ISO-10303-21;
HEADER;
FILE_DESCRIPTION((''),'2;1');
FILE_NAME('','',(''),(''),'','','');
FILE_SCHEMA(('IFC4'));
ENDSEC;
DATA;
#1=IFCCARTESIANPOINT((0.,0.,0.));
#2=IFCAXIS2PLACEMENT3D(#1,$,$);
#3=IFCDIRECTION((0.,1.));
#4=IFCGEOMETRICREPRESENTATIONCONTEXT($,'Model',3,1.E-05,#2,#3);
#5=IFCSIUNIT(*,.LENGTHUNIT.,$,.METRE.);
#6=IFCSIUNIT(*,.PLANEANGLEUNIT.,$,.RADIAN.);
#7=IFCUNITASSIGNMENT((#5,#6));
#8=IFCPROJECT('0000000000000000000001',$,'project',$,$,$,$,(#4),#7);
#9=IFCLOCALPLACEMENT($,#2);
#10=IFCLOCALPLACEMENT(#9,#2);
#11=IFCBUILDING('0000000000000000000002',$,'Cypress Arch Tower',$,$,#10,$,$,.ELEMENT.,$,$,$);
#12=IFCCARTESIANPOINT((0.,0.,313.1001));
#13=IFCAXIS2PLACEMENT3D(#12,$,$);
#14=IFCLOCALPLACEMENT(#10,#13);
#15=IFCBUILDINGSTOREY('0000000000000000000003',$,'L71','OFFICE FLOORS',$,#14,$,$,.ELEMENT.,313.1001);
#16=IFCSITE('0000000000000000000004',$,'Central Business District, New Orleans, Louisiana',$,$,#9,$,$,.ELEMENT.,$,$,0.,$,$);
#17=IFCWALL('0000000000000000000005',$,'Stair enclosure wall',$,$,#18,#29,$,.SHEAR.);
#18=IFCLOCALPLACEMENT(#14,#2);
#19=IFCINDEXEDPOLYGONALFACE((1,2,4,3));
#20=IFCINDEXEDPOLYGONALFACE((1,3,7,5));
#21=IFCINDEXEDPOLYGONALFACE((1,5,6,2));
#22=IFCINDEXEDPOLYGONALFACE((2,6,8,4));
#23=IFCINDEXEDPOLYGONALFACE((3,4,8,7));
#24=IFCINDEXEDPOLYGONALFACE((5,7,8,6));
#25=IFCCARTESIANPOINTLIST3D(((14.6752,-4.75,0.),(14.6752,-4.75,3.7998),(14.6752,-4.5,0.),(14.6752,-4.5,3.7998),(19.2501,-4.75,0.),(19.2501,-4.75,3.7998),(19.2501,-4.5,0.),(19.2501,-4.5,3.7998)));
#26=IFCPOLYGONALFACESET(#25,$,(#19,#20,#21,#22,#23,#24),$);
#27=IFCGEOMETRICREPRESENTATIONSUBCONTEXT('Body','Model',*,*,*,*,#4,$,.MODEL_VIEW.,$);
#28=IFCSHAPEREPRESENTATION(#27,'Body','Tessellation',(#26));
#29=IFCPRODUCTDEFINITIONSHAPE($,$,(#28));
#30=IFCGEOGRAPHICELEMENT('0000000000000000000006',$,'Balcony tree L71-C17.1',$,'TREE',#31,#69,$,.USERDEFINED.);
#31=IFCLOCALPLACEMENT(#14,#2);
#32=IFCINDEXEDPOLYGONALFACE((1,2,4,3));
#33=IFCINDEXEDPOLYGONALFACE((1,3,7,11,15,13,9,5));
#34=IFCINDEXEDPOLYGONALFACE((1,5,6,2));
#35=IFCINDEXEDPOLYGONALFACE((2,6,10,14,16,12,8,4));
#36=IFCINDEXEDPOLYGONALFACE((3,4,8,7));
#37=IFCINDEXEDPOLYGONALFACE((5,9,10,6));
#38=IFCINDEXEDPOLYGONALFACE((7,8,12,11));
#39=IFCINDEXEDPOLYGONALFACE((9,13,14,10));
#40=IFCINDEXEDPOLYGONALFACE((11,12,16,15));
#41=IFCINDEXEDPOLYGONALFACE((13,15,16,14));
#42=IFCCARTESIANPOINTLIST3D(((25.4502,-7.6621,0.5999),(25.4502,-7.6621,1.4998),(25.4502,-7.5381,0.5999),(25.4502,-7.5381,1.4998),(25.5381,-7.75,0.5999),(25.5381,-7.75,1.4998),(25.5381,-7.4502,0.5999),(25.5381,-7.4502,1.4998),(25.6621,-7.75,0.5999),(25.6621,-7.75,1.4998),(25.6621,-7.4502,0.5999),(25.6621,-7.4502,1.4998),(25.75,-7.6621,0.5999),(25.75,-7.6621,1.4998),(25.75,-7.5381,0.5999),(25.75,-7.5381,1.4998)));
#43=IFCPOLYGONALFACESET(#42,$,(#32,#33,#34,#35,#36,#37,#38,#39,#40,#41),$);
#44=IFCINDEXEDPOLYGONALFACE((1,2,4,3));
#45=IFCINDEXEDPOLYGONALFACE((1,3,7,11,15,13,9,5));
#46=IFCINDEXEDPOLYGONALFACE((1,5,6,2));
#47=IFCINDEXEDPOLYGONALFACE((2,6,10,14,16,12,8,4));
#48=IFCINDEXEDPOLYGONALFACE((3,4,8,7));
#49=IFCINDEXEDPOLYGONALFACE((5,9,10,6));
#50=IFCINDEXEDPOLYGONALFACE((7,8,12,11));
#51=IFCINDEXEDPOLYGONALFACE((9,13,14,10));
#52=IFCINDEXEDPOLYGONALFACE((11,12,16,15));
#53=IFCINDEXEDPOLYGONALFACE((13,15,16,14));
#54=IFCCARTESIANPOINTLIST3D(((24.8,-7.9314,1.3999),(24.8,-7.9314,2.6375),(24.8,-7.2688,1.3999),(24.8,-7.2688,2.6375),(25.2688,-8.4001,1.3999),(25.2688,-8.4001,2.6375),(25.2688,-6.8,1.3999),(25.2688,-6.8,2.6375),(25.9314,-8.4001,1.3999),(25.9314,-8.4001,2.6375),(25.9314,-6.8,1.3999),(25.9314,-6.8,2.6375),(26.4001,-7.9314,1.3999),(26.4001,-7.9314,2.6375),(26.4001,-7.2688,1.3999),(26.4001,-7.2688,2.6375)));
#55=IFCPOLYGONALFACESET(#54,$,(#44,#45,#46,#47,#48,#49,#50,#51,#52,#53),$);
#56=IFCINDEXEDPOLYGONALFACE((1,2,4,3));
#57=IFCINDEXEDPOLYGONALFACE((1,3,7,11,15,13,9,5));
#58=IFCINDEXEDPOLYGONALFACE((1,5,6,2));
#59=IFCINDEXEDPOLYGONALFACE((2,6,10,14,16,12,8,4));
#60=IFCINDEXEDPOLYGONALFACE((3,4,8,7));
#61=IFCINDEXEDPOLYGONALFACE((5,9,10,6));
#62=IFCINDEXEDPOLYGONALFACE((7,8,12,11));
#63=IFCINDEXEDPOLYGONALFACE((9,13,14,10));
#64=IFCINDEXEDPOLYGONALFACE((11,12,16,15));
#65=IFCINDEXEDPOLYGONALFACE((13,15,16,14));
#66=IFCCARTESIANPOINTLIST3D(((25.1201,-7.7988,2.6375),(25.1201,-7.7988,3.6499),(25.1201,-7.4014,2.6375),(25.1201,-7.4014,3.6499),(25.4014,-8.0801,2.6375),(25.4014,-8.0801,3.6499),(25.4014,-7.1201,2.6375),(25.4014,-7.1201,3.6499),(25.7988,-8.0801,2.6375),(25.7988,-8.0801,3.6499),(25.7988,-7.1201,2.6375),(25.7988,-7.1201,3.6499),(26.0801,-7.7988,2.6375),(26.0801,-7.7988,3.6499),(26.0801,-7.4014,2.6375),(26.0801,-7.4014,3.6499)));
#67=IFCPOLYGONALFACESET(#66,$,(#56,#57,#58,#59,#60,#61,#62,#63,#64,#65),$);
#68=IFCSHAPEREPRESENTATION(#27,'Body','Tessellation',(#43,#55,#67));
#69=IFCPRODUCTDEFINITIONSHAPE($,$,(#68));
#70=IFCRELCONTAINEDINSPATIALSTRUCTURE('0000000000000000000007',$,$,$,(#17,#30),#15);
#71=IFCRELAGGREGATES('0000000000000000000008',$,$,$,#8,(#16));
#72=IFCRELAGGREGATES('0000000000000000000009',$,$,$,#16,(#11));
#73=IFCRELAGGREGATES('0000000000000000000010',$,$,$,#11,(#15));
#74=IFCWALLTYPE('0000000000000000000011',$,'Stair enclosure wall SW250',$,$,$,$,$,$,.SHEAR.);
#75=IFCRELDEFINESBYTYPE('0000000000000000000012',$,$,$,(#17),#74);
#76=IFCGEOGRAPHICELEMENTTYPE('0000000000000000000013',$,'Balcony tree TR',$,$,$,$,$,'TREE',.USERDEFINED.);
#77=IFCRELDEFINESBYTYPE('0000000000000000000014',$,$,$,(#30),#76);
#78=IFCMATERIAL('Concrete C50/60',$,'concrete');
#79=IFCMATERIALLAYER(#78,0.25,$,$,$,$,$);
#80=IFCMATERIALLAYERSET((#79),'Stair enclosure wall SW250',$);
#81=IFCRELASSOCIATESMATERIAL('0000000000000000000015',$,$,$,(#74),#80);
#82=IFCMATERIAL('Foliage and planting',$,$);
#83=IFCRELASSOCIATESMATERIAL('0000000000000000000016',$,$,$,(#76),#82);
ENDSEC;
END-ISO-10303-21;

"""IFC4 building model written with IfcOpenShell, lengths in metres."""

from ifc_helpers import new_model, si_unit, direction, frame, frame_2d, origin, place, context, subcontext, project, spatial, polyline, rectangle, outline, extrude, material, layer, layer_set, type_object, element, save


model = new_model("IFC4")

# Units and contexts
model_context = context("Model", 3, precision=1e-05, world=origin(), true_north=direction((0.0, 1.0)))
body_context = subcontext(model_context, "Body", "Model", "MODEL_VIEW")
ifc_project = project(units=[si_unit("LENGTHUNIT", "METRE"), si_unit("PLANEANGLEUNIT", "RADIAN")], contexts=[model_context])

# Site, building, storey
site_placement = place(None, origin())
site = spatial("IfcSite", under=ifc_project, at=site_placement, Name="Central Business District, New Orleans, Louisiana", CompositionType="ELEMENT", RefElevation=0.0)
building_placement = place(site_placement, origin())
building = spatial("IfcBuilding", under=site, at=building_placement, Name="Cypress Arch Tower", CompositionType="ELEMENT")
storey_placement = place(building_placement, frame((0.0, 0.0, 313.1001)))
storey = spatial("IfcBuildingStorey", under=building, at=storey_placement, Name="L71", Description="OFFICE FLOORS", CompositionType="ELEMENT", Elevation=313.1001)

# Wall
ifc_material_1 = material(Name="Concrete C50/60", Category="concrete")
ifc_layer_1 = layer(ifc_material_1, 0.25)
ifc_layer_set_1 = layer_set([ifc_layer_1], Name="Stair enclosure wall SW250")
wall_type_1 = type_object("IfcWallType", Name="Stair enclosure wall SW250", PredefinedType="SHEAR", material=ifc_layer_set_1)
wall_1_placement = place(storey_placement, frame((14.675, -4.625, 0.0), z_axis=(0.0, 0.0, 1.0), x_axis=(1.0, 0.0, 0.0)))
element("IfcWall", 1, at=wall_1_placement, inside=storey, type_object=wall_type_1, Name="Stair enclosure wall", PredefinedType="SHEAR", context=body_context, shape_type="SweptSolid", body=[
    extrude(rectangle(XDim=4.575, YDim=0.25, at=frame_2d((2.2876, 0.0))), origin(), (0.0, 0.0, 1.0), 3.7998),
])

# Geographic element
ifc_material_2 = material(Name="Foliage and planting")
geographic_element_type = type_object("IfcGeographicElementType", Name="Balcony tree TR", ElementType="TREE", PredefinedType="USERDEFINED", material=ifc_material_2)
geographic_element_placement = place(storey_placement, frame((25.6001, -7.6001, 0.5999), z_axis=(0.0, 0.0, 1.0), x_axis=(1.0, 0.0, 0.0)))
element("IfcGeographicElement", 2, at=geographic_element_placement, inside=storey, type_object=geographic_element_type, Name="Balcony tree L71-C17.1", ObjectType="TREE", PredefinedType="USERDEFINED", context=body_context, shape_type="SweptSolid", body=[
    extrude(outline(polyline([(0.1499, 0.062), (0.062, 0.1499), (-0.062, 0.1499), (-0.1499, 0.062), (-0.1499, -0.062), (-0.062, -0.1499), (0.062, -0.1499), (0.1499, -0.062), (0.1499, 0.062)])), origin(), (0.0, 0.0, 1.0), 0.8999),
    extrude(outline(polyline([(0.8, 0.3313), (0.3313, 0.8), (-0.3313, 0.8), (-0.8, 0.3313), (-0.8, -0.3313), (-0.3313, -0.8), (0.3313, -0.8), (0.8, -0.3313), (0.8, 0.3313)])), frame((0.0, 0.0, 0.8)), (0.0, 0.0, 1.0), 1.2375),
    extrude(outline(polyline([(0.48, 0.1987), (0.1987, 0.48), (-0.1987, 0.48), (-0.48, 0.1987), (-0.48, -0.1987), (-0.1987, -0.48), (0.1987, -0.48), (0.48, -0.1987), (0.48, 0.1987)])), frame((0.0, 0.0, 2.0376)), (0.0, 0.0, 1.0), 1.0125),
])

save(model, "model.ifc")
